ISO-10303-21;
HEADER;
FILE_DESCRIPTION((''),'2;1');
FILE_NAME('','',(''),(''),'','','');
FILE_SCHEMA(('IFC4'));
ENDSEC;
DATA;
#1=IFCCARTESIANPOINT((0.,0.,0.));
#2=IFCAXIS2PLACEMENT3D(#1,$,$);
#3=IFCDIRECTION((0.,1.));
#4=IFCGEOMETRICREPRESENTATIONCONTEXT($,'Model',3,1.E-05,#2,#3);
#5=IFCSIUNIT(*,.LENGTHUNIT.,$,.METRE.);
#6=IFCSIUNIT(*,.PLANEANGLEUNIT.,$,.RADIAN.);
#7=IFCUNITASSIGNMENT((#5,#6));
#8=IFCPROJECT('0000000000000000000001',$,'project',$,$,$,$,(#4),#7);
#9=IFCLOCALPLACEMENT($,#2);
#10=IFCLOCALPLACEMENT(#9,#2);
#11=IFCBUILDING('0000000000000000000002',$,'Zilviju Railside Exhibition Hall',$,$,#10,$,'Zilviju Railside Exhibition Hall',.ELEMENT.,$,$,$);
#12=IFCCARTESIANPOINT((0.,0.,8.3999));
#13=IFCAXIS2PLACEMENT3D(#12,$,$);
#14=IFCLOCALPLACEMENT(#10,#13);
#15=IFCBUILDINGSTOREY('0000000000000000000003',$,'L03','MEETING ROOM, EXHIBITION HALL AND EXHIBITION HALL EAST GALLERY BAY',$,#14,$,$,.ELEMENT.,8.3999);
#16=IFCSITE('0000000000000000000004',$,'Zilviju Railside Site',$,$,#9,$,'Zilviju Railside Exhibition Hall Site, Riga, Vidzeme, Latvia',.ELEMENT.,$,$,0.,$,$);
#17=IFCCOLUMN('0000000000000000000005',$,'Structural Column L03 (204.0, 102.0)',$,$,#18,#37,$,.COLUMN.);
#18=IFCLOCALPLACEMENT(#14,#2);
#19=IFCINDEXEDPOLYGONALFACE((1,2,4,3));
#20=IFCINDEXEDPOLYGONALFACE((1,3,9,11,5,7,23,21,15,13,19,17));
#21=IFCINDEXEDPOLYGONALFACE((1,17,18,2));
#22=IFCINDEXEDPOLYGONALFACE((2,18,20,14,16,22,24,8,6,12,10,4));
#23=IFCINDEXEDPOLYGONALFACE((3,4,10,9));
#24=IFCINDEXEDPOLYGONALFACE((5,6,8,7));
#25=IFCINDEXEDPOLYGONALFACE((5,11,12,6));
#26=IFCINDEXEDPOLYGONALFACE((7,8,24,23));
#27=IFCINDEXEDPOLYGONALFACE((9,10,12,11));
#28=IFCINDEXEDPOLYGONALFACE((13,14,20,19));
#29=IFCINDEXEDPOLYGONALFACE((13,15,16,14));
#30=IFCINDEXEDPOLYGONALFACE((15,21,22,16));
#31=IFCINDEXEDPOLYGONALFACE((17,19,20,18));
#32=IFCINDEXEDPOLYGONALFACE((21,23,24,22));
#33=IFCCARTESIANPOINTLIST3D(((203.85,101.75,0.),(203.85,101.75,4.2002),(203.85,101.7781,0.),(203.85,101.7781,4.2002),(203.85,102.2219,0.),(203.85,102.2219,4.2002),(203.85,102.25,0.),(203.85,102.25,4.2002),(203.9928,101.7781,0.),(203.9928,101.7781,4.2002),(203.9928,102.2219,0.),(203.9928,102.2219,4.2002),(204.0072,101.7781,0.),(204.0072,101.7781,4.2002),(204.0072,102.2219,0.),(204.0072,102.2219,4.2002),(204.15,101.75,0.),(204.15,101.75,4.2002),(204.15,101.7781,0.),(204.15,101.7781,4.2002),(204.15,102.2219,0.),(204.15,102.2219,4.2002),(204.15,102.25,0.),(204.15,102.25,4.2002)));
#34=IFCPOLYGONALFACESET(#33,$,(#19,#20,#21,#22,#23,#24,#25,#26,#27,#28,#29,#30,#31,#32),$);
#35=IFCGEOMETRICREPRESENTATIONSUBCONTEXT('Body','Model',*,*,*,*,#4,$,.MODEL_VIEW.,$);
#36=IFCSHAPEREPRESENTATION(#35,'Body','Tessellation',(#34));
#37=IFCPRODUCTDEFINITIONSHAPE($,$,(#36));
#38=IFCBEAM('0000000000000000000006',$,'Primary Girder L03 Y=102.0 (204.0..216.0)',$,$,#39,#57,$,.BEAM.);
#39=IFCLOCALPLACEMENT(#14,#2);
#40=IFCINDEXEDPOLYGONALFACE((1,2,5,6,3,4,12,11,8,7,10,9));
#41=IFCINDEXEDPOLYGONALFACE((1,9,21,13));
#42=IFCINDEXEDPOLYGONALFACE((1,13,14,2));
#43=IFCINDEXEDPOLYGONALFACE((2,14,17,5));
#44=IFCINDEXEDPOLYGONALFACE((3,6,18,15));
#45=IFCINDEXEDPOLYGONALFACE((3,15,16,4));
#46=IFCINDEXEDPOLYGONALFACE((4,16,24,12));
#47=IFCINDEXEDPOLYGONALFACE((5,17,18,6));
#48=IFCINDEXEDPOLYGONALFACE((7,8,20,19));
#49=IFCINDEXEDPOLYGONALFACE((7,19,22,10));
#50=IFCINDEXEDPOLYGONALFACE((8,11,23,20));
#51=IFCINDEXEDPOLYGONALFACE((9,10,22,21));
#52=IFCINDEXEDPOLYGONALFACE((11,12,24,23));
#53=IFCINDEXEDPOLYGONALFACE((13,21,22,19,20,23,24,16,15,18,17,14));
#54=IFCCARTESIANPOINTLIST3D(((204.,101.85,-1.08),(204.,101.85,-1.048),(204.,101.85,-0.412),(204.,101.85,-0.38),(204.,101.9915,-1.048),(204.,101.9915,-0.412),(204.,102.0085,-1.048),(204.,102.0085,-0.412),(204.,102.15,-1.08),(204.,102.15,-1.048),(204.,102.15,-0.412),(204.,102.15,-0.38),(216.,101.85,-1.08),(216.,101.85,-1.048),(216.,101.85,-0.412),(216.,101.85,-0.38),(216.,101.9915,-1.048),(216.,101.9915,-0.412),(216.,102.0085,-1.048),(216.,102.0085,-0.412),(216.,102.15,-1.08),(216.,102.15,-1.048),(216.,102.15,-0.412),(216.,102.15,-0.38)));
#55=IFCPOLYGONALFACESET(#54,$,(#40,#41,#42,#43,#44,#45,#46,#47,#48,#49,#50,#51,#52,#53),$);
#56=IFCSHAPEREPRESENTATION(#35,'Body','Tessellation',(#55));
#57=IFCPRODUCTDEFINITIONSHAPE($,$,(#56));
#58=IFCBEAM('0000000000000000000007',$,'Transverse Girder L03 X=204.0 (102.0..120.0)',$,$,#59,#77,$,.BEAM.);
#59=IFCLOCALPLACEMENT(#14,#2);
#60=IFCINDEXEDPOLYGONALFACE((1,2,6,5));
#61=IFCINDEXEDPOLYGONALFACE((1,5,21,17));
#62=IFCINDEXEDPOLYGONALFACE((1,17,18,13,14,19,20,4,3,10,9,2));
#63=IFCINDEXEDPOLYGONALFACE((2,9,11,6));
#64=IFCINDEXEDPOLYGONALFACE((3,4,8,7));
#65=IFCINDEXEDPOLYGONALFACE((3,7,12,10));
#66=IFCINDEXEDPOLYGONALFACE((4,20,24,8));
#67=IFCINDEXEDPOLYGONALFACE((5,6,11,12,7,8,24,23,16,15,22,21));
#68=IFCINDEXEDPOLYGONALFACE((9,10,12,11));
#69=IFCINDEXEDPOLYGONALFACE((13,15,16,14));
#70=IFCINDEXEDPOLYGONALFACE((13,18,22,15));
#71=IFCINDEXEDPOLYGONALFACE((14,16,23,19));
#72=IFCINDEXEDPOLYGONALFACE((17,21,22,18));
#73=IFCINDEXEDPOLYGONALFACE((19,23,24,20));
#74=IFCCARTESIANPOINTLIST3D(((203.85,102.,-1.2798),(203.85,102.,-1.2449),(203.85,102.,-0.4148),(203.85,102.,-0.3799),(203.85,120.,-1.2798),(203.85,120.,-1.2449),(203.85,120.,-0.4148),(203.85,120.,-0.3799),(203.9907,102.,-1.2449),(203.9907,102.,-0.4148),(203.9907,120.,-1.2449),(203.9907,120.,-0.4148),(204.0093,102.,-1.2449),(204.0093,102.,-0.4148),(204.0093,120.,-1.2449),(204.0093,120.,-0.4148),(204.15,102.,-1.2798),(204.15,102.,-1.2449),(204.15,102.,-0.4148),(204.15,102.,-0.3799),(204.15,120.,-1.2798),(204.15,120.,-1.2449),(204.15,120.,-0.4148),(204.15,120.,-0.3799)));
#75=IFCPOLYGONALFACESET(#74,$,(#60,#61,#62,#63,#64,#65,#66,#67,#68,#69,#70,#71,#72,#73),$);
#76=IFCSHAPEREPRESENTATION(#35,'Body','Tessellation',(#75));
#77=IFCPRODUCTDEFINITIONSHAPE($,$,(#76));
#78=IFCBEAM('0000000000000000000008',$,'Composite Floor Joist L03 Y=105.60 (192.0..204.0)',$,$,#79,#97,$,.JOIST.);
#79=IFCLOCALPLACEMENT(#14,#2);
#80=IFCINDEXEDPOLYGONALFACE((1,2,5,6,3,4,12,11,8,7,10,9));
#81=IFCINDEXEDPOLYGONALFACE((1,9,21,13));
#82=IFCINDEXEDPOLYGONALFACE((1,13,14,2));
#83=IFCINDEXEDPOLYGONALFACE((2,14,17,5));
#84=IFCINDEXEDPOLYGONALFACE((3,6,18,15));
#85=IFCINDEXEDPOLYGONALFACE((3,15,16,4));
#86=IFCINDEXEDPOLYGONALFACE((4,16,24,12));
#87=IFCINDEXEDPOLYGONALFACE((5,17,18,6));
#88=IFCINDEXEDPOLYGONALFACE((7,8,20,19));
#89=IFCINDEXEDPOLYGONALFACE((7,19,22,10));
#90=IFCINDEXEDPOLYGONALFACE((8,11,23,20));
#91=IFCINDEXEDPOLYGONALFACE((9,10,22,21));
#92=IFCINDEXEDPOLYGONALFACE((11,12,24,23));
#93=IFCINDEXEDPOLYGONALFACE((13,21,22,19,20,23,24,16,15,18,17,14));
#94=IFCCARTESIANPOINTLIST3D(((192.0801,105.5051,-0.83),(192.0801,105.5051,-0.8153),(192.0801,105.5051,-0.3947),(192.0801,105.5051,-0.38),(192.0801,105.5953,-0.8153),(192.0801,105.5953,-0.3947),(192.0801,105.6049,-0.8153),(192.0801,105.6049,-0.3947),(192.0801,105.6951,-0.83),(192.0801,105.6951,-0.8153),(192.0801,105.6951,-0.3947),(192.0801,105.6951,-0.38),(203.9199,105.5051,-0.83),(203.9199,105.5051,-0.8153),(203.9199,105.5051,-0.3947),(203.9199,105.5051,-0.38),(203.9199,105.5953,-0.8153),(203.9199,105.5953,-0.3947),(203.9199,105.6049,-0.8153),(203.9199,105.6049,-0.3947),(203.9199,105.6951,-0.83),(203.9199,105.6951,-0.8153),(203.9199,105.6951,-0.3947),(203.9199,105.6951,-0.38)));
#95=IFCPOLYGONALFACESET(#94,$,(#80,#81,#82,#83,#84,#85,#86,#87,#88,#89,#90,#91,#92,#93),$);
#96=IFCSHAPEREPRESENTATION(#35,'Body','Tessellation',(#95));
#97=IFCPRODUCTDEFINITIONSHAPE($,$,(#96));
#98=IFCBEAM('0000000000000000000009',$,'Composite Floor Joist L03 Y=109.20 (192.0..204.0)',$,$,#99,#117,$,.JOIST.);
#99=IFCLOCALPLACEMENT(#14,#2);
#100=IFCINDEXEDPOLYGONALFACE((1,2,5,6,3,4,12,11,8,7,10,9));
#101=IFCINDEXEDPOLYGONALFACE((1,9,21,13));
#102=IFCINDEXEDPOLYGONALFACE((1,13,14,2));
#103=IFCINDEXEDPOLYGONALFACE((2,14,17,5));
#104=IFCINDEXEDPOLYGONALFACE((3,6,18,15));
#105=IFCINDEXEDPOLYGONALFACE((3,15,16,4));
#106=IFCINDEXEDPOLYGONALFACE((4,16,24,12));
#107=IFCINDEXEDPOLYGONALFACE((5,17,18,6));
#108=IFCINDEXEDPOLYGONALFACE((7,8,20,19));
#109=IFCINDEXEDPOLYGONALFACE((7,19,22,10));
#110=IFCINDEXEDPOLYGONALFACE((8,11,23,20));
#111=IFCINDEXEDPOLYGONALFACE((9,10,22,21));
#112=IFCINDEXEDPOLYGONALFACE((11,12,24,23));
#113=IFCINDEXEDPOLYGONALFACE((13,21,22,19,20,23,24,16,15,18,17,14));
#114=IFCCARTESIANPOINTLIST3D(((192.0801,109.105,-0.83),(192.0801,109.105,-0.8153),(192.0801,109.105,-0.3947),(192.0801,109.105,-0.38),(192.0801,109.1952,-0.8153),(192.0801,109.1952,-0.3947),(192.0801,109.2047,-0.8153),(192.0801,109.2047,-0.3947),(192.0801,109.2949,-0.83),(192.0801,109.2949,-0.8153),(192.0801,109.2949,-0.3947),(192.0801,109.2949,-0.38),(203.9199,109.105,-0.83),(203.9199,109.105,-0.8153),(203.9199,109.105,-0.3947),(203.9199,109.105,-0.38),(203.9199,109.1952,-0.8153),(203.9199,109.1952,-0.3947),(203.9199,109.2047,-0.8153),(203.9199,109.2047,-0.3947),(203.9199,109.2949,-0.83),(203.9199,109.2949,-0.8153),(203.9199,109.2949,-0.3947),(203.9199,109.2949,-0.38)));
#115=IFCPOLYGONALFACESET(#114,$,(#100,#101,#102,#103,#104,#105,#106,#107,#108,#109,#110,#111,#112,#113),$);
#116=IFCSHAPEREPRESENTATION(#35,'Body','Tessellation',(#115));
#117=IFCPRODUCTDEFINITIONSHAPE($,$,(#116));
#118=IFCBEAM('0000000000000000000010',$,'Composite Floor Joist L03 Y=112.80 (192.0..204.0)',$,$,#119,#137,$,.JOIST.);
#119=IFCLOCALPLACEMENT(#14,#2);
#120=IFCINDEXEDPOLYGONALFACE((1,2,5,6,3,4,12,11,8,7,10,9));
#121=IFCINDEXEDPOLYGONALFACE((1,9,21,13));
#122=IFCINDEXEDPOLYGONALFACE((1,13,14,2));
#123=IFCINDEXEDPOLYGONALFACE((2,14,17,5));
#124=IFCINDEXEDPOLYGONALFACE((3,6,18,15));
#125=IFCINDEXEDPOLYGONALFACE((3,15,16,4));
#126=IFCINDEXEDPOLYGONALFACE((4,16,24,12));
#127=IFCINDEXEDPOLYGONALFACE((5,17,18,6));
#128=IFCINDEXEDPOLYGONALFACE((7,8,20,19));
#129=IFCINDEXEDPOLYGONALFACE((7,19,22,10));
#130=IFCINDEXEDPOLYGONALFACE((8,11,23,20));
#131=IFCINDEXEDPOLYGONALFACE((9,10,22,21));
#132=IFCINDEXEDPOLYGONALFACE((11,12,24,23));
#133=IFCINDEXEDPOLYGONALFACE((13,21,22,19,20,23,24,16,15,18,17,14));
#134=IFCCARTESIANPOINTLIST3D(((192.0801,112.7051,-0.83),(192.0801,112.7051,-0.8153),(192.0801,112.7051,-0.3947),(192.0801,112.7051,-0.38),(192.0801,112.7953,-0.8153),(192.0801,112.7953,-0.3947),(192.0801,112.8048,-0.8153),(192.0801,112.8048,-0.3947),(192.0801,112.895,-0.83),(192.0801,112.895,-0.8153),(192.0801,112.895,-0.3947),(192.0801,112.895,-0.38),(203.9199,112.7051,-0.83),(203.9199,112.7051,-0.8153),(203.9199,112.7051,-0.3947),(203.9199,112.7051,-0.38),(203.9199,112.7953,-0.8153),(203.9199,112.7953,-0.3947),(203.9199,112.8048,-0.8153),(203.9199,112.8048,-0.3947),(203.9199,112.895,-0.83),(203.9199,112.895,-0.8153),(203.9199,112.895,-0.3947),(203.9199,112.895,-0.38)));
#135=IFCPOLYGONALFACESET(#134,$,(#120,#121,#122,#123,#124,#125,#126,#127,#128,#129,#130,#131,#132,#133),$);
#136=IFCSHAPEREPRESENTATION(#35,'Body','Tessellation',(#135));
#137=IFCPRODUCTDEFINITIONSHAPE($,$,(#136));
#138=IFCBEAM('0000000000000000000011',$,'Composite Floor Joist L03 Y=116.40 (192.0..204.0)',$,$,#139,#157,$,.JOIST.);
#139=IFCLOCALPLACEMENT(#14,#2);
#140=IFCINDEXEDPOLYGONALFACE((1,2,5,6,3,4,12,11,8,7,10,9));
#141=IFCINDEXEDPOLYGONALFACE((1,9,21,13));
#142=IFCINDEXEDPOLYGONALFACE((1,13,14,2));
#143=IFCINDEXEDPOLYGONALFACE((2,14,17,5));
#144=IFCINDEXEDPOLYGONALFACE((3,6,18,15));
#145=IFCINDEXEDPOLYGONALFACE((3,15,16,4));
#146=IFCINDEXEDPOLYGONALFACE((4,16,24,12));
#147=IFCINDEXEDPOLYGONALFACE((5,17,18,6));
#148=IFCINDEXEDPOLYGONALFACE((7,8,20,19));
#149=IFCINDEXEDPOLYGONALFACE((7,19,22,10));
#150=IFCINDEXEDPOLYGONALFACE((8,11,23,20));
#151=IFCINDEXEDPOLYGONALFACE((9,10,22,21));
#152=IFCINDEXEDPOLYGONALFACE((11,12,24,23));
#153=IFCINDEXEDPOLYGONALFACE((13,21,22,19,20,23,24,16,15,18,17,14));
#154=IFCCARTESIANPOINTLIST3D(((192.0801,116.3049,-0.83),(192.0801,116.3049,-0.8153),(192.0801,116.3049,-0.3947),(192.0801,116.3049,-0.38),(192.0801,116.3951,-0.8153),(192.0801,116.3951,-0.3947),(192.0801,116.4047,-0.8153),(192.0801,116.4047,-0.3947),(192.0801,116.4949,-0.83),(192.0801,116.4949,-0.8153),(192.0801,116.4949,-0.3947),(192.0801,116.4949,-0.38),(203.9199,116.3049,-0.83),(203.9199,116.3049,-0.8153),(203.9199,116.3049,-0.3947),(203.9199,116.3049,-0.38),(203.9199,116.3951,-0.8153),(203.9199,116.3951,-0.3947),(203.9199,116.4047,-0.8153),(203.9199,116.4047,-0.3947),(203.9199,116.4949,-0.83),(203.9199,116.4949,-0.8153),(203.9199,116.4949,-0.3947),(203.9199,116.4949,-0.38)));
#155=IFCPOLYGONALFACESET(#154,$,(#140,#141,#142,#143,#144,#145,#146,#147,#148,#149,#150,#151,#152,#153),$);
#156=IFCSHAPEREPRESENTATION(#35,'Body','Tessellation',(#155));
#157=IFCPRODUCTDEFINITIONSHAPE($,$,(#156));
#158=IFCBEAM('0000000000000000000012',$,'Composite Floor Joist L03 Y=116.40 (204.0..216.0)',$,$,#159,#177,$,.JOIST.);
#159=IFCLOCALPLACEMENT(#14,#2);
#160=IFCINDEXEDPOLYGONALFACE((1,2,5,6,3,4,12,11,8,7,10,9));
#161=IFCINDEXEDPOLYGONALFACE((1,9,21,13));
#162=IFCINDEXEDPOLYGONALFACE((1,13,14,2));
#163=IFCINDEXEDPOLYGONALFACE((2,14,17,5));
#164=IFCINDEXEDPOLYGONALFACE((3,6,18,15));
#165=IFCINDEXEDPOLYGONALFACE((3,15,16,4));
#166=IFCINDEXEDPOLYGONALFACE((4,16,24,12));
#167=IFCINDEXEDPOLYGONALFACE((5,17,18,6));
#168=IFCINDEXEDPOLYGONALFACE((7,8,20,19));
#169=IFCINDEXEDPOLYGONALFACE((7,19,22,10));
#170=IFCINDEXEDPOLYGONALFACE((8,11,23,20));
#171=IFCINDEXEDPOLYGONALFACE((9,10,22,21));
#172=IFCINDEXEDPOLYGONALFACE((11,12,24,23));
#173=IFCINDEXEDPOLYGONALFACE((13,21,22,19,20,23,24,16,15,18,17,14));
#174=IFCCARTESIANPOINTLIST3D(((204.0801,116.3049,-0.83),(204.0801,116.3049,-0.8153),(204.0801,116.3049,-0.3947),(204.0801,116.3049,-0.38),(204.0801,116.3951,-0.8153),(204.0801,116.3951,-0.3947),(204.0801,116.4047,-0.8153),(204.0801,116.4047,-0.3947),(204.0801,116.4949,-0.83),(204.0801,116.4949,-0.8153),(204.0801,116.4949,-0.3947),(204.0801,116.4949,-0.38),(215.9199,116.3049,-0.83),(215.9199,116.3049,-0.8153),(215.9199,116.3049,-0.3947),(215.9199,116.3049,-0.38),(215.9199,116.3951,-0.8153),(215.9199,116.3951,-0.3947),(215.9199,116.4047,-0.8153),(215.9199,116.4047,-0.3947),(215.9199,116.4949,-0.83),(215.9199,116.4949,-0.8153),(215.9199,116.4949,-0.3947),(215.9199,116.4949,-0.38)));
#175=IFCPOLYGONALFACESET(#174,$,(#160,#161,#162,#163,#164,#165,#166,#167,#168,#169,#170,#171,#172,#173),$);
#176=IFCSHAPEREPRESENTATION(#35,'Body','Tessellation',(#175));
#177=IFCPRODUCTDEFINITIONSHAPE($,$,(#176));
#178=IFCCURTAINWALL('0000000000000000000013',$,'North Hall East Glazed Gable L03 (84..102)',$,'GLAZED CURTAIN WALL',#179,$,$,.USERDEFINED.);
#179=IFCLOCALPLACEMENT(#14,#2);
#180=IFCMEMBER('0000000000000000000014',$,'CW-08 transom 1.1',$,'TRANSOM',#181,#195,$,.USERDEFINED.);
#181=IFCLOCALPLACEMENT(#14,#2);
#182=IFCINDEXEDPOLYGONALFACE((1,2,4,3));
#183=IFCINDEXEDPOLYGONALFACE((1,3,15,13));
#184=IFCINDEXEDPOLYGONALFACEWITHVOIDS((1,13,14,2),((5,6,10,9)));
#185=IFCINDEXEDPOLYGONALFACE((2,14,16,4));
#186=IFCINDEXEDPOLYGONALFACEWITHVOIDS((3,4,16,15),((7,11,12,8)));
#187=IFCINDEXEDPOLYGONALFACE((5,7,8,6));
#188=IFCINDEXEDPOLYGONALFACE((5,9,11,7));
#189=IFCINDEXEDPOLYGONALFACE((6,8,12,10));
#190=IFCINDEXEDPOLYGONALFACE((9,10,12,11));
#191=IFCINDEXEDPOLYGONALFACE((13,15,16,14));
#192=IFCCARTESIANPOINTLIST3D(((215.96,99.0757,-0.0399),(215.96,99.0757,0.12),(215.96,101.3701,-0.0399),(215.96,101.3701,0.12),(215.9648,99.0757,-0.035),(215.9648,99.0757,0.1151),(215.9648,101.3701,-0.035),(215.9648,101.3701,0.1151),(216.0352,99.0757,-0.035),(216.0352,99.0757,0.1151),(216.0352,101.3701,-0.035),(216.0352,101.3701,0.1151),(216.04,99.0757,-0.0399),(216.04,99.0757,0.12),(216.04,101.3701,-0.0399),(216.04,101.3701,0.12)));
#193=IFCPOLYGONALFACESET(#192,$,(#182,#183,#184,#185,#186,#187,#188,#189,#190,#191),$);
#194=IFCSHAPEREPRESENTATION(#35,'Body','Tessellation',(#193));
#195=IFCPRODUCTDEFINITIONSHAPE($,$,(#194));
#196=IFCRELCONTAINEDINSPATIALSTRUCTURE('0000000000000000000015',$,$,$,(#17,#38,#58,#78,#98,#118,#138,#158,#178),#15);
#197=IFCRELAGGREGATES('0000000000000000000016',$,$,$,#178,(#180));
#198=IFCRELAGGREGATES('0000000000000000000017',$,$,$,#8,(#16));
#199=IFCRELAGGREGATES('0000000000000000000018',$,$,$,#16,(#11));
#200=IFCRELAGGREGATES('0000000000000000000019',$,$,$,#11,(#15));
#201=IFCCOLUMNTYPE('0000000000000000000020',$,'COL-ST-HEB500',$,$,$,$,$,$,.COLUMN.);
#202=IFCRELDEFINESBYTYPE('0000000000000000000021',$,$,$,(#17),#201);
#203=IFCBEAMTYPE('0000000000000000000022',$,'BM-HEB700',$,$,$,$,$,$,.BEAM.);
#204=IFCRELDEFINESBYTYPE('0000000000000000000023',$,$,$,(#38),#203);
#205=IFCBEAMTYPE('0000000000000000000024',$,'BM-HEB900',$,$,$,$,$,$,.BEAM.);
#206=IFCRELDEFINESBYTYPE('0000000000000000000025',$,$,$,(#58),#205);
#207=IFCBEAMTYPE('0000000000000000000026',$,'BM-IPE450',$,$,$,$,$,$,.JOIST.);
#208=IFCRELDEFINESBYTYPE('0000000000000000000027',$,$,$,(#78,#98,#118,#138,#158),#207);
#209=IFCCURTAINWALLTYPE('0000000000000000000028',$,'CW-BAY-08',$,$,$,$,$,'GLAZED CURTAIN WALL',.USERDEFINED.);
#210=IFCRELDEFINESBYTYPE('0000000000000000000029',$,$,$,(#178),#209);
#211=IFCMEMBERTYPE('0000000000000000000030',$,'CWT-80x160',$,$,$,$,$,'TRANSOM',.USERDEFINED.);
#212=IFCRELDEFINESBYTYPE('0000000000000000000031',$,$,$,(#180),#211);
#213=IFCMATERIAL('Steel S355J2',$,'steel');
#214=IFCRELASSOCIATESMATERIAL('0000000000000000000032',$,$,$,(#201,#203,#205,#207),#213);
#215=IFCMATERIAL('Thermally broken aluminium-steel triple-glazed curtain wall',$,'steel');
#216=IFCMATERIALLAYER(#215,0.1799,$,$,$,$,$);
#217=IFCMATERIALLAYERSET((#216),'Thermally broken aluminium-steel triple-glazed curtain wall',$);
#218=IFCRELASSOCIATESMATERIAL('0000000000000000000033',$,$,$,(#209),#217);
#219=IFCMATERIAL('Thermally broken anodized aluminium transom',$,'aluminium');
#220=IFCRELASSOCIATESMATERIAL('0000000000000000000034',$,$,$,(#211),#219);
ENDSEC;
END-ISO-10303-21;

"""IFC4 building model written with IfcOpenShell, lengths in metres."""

from ifc_helpers import new_model, si_unit, direction, frame, origin, origin_2d, place, context, subcontext, project, spatial, hollow_rectangle, i_section, extrude, material, layer, layer_set, material_profile, profile_set, type_object, element, aggregate, save


model = new_model("IFC4")

# Units and contexts
model_context = context("Model", 3, precision=1e-05, world=origin(), true_north=direction((0.0, 1.0)))
body_context = subcontext(model_context, "Body", "Model", "MODEL_VIEW")
ifc_project = project(units=[si_unit("LENGTHUNIT", "METRE"), si_unit("PLANEANGLEUNIT", "RADIAN")], contexts=[model_context])

# Site, building, storey
site_placement = place(None, origin())
site = spatial("IfcSite", under=ifc_project, at=site_placement, Name="Zilviju Railside Site", LongName="Zilviju Railside Exhibition Hall Site, Riga, Vidzeme, Latvia", CompositionType="ELEMENT", RefElevation=0.0)
building_placement = place(site_placement, origin())
building = spatial("IfcBuilding", under=site, at=building_placement, Name="Zilviju Railside Exhibition Hall", LongName="Zilviju Railside Exhibition Hall", CompositionType="ELEMENT")
storey_placement = place(building_placement, frame((0.0, 0.0, 8.3999)))
storey = spatial("IfcBuildingStorey", under=building, at=storey_placement, Name="L03", Description="MEETING ROOM, EXHIBITION HALL AND EXHIBITION HALL EAST GALLERY BAY", CompositionType="ELEMENT", Elevation=8.3999)

# Column
ifc_material_1 = material(Name="Steel S355J2", Category="steel")
ifc_material_profile_1 = material_profile(ifc_material_1, i_section(OverallWidth=0.3, OverallDepth=0.5, WebThickness=0.0144, FlangeThickness=0.0281, at=origin_2d()), Name="HEB 500")
ifc_profile_set_1 = profile_set([ifc_material_profile_1], Name="Steel S355J2")
column_type = type_object("IfcColumnType", Name="COL-ST-HEB500", PredefinedType="COLUMN", material=ifc_profile_set_1)
column_placement = place(storey_placement, frame((204.0, 102.0, 0.0), z_axis=(0.0, 0.0, 1.0), x_axis=(1.0, 0.0, 0.0)))
element("IfcColumn", 1, at=column_placement, inside=storey, type_object=column_type, Name="Structural Column L03 (204.0, 102.0)", PredefinedType="COLUMN", context=body_context, shape_type="SweptSolid", body=[
    extrude(i_section(OverallWidth=0.3, OverallDepth=0.5, WebThickness=0.0144, FlangeThickness=0.0281, at=origin_2d()), origin(), (0.0, 0.0, 1.0), 4.2002),
])

# Beams
ifc_material_profile_2 = material_profile(ifc_material_1, i_section(OverallWidth=0.3, OverallDepth=0.7, WebThickness=0.0171, FlangeThickness=0.032, at=origin_2d()), Name="HEB 700")
ifc_profile_set_2 = profile_set([ifc_material_profile_2], Name="Steel S355J2")
beam_type_1 = type_object("IfcBeamType", Name="BM-HEB700", PredefinedType="BEAM", material=ifc_profile_set_2)
beam_1_placement = place(storey_placement, frame((204.0, 102.0, -0.73), z_axis=(1.0, 0.0, 0.0), x_axis=(0.0, 1.0, 0.0)))
element("IfcBeam", 2, at=beam_1_placement, inside=storey, type_object=beam_type_1, Name="Primary Girder L03 Y=102.0 (204.0..216.0)", PredefinedType="BEAM", context=body_context, shape_type="SweptSolid", body=[
    extrude(i_section(OverallWidth=0.3, OverallDepth=0.7, WebThickness=0.0171, FlangeThickness=0.032, at=origin_2d()), origin(), (0.0, 0.0, 1.0), 12.0),
])
ifc_material_profile_3 = material_profile(ifc_material_1, i_section(OverallWidth=0.3, OverallDepth=0.8999, WebThickness=0.0186, FlangeThickness=0.0349, at=origin_2d()), Name="HEB 900")
ifc_profile_set_3 = profile_set([ifc_material_profile_3], Name="Steel S355J2")
beam_type_2 = type_object("IfcBeamType", Name="BM-HEB900", PredefinedType="BEAM", material=ifc_profile_set_3)
beam_2_placement = place(storey_placement, frame((204.0, 102.0, -0.8298), z_axis=(0.0, 1.0, 0.0), x_axis=(-1.0, 0.0, 0.0)))
element("IfcBeam", 3, at=beam_2_placement, inside=storey, type_object=beam_type_2, Name="Transverse Girder L03 X=204.0 (102.0..120.0)", PredefinedType="BEAM", context=body_context, shape_type="SweptSolid", body=[
    extrude(i_section(OverallWidth=0.3, OverallDepth=0.8999, WebThickness=0.0186, FlangeThickness=0.0349, at=origin_2d()), origin(), (0.0, 0.0, 1.0), 18.0),
])
ifc_material_profile_4 = material_profile(ifc_material_1, i_section(OverallWidth=0.1899, OverallDepth=0.45, WebThickness=0.0095, FlangeThickness=0.0146, at=origin_2d()), Name="IPE 450")
ifc_profile_set_4 = profile_set([ifc_material_profile_4], Name="Steel S355J2")
beam_type_3 = type_object("IfcBeamType", Name="BM-IPE450", PredefinedType="JOIST", material=ifc_profile_set_4)
for number, where, z_axis, x_axis, name in (
    (4, (192.0801, 105.6001, -0.605), (1.0, 0.0, 0.0), (0.0, 1.0, 0.0), "Composite Floor Joist L03 Y=105.60 (192.0..204.0)"),
    (5, (192.0801, 109.2, -0.605), (1.0, 0.0, 0.0), (0.0, 1.0, 0.0), "Composite Floor Joist L03 Y=109.20 (192.0..204.0)"),
    (6, (192.0801, 112.8, -0.605), (1.0, 0.0, 0.0), (0.0, 1.0, 0.0), "Composite Floor Joist L03 Y=112.80 (192.0..204.0)"),
    (7, (192.0801, 116.3999, -0.605), (1.0, 0.0, 0.0), (0.0, 1.0, 0.0), "Composite Floor Joist L03 Y=116.40 (192.0..204.0)"),
    (8, (204.0801, 116.3999, -0.605), (1.0, 0.0, 0.0), (0.0, 1.0, 0.0), "Composite Floor Joist L03 Y=116.40 (204.0..216.0)"),
):
    element("IfcBeam", number, at=place(storey_placement, frame(where, z_axis=z_axis, x_axis=x_axis)), inside=storey, type_object=beam_type_3, Name=name, PredefinedType="JOIST", context=body_context, shape_type="SweptSolid", body=[
        extrude(i_section(OverallWidth=0.1899, OverallDepth=0.45, WebThickness=0.0095, FlangeThickness=0.0146, at=origin_2d()), origin(), (0.0, 0.0, 1.0), 11.8398),
    ])

# Curtain wall, member
ifc_material_2 = material(Name="Thermally broken aluminium-steel triple-glazed curtain wall", Category="steel")
ifc_layer_1 = layer(ifc_material_2, 0.1799)
ifc_layer_set_1 = layer_set([ifc_layer_1], Name="Thermally broken aluminium-steel triple-glazed curtain wall")
curtain_wall_type = type_object("IfcCurtainWallType", Name="CW-BAY-08", ElementType="GLAZED CURTAIN WALL", PredefinedType="USERDEFINED", material=ifc_layer_set_1)
curtain_wall_placement = place(storey_placement, origin())
curtain_wall = element("IfcCurtainWall", 9, at=curtain_wall_placement, inside=storey, type_object=curtain_wall_type, Name="North Hall East Glazed Gable L03 (84..102)", ObjectType="GLAZED CURTAIN WALL", PredefinedType="USERDEFINED")
ifc_material_3 = material(Name="Thermally broken anodized aluminium transom", Category="aluminium")
ifc_material_profile_5 = material_profile(ifc_material_3, hollow_rectangle(XDim=0.0801, YDim=0.1599, WallThickness=0.0049, at=origin_2d()), Name="TRANSOM 160x80x5")
ifc_profile_set_5 = profile_set([ifc_material_profile_5], Name="Thermally broken anodized aluminium transom")
member_type = type_object("IfcMemberType", Name="CWT-80x160", ElementType="TRANSOM", PredefinedType="USERDEFINED", material=ifc_profile_set_5)
member_1_placement = place(storey_placement, frame((216.0, 101.3701, 0.04), z_axis=(0.0, -1.0, 0.0), x_axis=(1.0, 0.0, 0.0)))
member_1 = element("IfcMember", 10, at=member_1_placement, type_object=member_type, Name="CW-08 transom 1.1", ObjectType="TRANSOM", PredefinedType="USERDEFINED", context=body_context, shape_type="SweptSolid", body=[
    extrude(hollow_rectangle(XDim=0.0801, YDim=0.1599, WallThickness=0.0049, at=origin_2d()), origin(), (0.0, 0.0, 1.0), 2.2944),
])
aggregate(curtain_wall, [member_1])

save(model, "model.ifc")
